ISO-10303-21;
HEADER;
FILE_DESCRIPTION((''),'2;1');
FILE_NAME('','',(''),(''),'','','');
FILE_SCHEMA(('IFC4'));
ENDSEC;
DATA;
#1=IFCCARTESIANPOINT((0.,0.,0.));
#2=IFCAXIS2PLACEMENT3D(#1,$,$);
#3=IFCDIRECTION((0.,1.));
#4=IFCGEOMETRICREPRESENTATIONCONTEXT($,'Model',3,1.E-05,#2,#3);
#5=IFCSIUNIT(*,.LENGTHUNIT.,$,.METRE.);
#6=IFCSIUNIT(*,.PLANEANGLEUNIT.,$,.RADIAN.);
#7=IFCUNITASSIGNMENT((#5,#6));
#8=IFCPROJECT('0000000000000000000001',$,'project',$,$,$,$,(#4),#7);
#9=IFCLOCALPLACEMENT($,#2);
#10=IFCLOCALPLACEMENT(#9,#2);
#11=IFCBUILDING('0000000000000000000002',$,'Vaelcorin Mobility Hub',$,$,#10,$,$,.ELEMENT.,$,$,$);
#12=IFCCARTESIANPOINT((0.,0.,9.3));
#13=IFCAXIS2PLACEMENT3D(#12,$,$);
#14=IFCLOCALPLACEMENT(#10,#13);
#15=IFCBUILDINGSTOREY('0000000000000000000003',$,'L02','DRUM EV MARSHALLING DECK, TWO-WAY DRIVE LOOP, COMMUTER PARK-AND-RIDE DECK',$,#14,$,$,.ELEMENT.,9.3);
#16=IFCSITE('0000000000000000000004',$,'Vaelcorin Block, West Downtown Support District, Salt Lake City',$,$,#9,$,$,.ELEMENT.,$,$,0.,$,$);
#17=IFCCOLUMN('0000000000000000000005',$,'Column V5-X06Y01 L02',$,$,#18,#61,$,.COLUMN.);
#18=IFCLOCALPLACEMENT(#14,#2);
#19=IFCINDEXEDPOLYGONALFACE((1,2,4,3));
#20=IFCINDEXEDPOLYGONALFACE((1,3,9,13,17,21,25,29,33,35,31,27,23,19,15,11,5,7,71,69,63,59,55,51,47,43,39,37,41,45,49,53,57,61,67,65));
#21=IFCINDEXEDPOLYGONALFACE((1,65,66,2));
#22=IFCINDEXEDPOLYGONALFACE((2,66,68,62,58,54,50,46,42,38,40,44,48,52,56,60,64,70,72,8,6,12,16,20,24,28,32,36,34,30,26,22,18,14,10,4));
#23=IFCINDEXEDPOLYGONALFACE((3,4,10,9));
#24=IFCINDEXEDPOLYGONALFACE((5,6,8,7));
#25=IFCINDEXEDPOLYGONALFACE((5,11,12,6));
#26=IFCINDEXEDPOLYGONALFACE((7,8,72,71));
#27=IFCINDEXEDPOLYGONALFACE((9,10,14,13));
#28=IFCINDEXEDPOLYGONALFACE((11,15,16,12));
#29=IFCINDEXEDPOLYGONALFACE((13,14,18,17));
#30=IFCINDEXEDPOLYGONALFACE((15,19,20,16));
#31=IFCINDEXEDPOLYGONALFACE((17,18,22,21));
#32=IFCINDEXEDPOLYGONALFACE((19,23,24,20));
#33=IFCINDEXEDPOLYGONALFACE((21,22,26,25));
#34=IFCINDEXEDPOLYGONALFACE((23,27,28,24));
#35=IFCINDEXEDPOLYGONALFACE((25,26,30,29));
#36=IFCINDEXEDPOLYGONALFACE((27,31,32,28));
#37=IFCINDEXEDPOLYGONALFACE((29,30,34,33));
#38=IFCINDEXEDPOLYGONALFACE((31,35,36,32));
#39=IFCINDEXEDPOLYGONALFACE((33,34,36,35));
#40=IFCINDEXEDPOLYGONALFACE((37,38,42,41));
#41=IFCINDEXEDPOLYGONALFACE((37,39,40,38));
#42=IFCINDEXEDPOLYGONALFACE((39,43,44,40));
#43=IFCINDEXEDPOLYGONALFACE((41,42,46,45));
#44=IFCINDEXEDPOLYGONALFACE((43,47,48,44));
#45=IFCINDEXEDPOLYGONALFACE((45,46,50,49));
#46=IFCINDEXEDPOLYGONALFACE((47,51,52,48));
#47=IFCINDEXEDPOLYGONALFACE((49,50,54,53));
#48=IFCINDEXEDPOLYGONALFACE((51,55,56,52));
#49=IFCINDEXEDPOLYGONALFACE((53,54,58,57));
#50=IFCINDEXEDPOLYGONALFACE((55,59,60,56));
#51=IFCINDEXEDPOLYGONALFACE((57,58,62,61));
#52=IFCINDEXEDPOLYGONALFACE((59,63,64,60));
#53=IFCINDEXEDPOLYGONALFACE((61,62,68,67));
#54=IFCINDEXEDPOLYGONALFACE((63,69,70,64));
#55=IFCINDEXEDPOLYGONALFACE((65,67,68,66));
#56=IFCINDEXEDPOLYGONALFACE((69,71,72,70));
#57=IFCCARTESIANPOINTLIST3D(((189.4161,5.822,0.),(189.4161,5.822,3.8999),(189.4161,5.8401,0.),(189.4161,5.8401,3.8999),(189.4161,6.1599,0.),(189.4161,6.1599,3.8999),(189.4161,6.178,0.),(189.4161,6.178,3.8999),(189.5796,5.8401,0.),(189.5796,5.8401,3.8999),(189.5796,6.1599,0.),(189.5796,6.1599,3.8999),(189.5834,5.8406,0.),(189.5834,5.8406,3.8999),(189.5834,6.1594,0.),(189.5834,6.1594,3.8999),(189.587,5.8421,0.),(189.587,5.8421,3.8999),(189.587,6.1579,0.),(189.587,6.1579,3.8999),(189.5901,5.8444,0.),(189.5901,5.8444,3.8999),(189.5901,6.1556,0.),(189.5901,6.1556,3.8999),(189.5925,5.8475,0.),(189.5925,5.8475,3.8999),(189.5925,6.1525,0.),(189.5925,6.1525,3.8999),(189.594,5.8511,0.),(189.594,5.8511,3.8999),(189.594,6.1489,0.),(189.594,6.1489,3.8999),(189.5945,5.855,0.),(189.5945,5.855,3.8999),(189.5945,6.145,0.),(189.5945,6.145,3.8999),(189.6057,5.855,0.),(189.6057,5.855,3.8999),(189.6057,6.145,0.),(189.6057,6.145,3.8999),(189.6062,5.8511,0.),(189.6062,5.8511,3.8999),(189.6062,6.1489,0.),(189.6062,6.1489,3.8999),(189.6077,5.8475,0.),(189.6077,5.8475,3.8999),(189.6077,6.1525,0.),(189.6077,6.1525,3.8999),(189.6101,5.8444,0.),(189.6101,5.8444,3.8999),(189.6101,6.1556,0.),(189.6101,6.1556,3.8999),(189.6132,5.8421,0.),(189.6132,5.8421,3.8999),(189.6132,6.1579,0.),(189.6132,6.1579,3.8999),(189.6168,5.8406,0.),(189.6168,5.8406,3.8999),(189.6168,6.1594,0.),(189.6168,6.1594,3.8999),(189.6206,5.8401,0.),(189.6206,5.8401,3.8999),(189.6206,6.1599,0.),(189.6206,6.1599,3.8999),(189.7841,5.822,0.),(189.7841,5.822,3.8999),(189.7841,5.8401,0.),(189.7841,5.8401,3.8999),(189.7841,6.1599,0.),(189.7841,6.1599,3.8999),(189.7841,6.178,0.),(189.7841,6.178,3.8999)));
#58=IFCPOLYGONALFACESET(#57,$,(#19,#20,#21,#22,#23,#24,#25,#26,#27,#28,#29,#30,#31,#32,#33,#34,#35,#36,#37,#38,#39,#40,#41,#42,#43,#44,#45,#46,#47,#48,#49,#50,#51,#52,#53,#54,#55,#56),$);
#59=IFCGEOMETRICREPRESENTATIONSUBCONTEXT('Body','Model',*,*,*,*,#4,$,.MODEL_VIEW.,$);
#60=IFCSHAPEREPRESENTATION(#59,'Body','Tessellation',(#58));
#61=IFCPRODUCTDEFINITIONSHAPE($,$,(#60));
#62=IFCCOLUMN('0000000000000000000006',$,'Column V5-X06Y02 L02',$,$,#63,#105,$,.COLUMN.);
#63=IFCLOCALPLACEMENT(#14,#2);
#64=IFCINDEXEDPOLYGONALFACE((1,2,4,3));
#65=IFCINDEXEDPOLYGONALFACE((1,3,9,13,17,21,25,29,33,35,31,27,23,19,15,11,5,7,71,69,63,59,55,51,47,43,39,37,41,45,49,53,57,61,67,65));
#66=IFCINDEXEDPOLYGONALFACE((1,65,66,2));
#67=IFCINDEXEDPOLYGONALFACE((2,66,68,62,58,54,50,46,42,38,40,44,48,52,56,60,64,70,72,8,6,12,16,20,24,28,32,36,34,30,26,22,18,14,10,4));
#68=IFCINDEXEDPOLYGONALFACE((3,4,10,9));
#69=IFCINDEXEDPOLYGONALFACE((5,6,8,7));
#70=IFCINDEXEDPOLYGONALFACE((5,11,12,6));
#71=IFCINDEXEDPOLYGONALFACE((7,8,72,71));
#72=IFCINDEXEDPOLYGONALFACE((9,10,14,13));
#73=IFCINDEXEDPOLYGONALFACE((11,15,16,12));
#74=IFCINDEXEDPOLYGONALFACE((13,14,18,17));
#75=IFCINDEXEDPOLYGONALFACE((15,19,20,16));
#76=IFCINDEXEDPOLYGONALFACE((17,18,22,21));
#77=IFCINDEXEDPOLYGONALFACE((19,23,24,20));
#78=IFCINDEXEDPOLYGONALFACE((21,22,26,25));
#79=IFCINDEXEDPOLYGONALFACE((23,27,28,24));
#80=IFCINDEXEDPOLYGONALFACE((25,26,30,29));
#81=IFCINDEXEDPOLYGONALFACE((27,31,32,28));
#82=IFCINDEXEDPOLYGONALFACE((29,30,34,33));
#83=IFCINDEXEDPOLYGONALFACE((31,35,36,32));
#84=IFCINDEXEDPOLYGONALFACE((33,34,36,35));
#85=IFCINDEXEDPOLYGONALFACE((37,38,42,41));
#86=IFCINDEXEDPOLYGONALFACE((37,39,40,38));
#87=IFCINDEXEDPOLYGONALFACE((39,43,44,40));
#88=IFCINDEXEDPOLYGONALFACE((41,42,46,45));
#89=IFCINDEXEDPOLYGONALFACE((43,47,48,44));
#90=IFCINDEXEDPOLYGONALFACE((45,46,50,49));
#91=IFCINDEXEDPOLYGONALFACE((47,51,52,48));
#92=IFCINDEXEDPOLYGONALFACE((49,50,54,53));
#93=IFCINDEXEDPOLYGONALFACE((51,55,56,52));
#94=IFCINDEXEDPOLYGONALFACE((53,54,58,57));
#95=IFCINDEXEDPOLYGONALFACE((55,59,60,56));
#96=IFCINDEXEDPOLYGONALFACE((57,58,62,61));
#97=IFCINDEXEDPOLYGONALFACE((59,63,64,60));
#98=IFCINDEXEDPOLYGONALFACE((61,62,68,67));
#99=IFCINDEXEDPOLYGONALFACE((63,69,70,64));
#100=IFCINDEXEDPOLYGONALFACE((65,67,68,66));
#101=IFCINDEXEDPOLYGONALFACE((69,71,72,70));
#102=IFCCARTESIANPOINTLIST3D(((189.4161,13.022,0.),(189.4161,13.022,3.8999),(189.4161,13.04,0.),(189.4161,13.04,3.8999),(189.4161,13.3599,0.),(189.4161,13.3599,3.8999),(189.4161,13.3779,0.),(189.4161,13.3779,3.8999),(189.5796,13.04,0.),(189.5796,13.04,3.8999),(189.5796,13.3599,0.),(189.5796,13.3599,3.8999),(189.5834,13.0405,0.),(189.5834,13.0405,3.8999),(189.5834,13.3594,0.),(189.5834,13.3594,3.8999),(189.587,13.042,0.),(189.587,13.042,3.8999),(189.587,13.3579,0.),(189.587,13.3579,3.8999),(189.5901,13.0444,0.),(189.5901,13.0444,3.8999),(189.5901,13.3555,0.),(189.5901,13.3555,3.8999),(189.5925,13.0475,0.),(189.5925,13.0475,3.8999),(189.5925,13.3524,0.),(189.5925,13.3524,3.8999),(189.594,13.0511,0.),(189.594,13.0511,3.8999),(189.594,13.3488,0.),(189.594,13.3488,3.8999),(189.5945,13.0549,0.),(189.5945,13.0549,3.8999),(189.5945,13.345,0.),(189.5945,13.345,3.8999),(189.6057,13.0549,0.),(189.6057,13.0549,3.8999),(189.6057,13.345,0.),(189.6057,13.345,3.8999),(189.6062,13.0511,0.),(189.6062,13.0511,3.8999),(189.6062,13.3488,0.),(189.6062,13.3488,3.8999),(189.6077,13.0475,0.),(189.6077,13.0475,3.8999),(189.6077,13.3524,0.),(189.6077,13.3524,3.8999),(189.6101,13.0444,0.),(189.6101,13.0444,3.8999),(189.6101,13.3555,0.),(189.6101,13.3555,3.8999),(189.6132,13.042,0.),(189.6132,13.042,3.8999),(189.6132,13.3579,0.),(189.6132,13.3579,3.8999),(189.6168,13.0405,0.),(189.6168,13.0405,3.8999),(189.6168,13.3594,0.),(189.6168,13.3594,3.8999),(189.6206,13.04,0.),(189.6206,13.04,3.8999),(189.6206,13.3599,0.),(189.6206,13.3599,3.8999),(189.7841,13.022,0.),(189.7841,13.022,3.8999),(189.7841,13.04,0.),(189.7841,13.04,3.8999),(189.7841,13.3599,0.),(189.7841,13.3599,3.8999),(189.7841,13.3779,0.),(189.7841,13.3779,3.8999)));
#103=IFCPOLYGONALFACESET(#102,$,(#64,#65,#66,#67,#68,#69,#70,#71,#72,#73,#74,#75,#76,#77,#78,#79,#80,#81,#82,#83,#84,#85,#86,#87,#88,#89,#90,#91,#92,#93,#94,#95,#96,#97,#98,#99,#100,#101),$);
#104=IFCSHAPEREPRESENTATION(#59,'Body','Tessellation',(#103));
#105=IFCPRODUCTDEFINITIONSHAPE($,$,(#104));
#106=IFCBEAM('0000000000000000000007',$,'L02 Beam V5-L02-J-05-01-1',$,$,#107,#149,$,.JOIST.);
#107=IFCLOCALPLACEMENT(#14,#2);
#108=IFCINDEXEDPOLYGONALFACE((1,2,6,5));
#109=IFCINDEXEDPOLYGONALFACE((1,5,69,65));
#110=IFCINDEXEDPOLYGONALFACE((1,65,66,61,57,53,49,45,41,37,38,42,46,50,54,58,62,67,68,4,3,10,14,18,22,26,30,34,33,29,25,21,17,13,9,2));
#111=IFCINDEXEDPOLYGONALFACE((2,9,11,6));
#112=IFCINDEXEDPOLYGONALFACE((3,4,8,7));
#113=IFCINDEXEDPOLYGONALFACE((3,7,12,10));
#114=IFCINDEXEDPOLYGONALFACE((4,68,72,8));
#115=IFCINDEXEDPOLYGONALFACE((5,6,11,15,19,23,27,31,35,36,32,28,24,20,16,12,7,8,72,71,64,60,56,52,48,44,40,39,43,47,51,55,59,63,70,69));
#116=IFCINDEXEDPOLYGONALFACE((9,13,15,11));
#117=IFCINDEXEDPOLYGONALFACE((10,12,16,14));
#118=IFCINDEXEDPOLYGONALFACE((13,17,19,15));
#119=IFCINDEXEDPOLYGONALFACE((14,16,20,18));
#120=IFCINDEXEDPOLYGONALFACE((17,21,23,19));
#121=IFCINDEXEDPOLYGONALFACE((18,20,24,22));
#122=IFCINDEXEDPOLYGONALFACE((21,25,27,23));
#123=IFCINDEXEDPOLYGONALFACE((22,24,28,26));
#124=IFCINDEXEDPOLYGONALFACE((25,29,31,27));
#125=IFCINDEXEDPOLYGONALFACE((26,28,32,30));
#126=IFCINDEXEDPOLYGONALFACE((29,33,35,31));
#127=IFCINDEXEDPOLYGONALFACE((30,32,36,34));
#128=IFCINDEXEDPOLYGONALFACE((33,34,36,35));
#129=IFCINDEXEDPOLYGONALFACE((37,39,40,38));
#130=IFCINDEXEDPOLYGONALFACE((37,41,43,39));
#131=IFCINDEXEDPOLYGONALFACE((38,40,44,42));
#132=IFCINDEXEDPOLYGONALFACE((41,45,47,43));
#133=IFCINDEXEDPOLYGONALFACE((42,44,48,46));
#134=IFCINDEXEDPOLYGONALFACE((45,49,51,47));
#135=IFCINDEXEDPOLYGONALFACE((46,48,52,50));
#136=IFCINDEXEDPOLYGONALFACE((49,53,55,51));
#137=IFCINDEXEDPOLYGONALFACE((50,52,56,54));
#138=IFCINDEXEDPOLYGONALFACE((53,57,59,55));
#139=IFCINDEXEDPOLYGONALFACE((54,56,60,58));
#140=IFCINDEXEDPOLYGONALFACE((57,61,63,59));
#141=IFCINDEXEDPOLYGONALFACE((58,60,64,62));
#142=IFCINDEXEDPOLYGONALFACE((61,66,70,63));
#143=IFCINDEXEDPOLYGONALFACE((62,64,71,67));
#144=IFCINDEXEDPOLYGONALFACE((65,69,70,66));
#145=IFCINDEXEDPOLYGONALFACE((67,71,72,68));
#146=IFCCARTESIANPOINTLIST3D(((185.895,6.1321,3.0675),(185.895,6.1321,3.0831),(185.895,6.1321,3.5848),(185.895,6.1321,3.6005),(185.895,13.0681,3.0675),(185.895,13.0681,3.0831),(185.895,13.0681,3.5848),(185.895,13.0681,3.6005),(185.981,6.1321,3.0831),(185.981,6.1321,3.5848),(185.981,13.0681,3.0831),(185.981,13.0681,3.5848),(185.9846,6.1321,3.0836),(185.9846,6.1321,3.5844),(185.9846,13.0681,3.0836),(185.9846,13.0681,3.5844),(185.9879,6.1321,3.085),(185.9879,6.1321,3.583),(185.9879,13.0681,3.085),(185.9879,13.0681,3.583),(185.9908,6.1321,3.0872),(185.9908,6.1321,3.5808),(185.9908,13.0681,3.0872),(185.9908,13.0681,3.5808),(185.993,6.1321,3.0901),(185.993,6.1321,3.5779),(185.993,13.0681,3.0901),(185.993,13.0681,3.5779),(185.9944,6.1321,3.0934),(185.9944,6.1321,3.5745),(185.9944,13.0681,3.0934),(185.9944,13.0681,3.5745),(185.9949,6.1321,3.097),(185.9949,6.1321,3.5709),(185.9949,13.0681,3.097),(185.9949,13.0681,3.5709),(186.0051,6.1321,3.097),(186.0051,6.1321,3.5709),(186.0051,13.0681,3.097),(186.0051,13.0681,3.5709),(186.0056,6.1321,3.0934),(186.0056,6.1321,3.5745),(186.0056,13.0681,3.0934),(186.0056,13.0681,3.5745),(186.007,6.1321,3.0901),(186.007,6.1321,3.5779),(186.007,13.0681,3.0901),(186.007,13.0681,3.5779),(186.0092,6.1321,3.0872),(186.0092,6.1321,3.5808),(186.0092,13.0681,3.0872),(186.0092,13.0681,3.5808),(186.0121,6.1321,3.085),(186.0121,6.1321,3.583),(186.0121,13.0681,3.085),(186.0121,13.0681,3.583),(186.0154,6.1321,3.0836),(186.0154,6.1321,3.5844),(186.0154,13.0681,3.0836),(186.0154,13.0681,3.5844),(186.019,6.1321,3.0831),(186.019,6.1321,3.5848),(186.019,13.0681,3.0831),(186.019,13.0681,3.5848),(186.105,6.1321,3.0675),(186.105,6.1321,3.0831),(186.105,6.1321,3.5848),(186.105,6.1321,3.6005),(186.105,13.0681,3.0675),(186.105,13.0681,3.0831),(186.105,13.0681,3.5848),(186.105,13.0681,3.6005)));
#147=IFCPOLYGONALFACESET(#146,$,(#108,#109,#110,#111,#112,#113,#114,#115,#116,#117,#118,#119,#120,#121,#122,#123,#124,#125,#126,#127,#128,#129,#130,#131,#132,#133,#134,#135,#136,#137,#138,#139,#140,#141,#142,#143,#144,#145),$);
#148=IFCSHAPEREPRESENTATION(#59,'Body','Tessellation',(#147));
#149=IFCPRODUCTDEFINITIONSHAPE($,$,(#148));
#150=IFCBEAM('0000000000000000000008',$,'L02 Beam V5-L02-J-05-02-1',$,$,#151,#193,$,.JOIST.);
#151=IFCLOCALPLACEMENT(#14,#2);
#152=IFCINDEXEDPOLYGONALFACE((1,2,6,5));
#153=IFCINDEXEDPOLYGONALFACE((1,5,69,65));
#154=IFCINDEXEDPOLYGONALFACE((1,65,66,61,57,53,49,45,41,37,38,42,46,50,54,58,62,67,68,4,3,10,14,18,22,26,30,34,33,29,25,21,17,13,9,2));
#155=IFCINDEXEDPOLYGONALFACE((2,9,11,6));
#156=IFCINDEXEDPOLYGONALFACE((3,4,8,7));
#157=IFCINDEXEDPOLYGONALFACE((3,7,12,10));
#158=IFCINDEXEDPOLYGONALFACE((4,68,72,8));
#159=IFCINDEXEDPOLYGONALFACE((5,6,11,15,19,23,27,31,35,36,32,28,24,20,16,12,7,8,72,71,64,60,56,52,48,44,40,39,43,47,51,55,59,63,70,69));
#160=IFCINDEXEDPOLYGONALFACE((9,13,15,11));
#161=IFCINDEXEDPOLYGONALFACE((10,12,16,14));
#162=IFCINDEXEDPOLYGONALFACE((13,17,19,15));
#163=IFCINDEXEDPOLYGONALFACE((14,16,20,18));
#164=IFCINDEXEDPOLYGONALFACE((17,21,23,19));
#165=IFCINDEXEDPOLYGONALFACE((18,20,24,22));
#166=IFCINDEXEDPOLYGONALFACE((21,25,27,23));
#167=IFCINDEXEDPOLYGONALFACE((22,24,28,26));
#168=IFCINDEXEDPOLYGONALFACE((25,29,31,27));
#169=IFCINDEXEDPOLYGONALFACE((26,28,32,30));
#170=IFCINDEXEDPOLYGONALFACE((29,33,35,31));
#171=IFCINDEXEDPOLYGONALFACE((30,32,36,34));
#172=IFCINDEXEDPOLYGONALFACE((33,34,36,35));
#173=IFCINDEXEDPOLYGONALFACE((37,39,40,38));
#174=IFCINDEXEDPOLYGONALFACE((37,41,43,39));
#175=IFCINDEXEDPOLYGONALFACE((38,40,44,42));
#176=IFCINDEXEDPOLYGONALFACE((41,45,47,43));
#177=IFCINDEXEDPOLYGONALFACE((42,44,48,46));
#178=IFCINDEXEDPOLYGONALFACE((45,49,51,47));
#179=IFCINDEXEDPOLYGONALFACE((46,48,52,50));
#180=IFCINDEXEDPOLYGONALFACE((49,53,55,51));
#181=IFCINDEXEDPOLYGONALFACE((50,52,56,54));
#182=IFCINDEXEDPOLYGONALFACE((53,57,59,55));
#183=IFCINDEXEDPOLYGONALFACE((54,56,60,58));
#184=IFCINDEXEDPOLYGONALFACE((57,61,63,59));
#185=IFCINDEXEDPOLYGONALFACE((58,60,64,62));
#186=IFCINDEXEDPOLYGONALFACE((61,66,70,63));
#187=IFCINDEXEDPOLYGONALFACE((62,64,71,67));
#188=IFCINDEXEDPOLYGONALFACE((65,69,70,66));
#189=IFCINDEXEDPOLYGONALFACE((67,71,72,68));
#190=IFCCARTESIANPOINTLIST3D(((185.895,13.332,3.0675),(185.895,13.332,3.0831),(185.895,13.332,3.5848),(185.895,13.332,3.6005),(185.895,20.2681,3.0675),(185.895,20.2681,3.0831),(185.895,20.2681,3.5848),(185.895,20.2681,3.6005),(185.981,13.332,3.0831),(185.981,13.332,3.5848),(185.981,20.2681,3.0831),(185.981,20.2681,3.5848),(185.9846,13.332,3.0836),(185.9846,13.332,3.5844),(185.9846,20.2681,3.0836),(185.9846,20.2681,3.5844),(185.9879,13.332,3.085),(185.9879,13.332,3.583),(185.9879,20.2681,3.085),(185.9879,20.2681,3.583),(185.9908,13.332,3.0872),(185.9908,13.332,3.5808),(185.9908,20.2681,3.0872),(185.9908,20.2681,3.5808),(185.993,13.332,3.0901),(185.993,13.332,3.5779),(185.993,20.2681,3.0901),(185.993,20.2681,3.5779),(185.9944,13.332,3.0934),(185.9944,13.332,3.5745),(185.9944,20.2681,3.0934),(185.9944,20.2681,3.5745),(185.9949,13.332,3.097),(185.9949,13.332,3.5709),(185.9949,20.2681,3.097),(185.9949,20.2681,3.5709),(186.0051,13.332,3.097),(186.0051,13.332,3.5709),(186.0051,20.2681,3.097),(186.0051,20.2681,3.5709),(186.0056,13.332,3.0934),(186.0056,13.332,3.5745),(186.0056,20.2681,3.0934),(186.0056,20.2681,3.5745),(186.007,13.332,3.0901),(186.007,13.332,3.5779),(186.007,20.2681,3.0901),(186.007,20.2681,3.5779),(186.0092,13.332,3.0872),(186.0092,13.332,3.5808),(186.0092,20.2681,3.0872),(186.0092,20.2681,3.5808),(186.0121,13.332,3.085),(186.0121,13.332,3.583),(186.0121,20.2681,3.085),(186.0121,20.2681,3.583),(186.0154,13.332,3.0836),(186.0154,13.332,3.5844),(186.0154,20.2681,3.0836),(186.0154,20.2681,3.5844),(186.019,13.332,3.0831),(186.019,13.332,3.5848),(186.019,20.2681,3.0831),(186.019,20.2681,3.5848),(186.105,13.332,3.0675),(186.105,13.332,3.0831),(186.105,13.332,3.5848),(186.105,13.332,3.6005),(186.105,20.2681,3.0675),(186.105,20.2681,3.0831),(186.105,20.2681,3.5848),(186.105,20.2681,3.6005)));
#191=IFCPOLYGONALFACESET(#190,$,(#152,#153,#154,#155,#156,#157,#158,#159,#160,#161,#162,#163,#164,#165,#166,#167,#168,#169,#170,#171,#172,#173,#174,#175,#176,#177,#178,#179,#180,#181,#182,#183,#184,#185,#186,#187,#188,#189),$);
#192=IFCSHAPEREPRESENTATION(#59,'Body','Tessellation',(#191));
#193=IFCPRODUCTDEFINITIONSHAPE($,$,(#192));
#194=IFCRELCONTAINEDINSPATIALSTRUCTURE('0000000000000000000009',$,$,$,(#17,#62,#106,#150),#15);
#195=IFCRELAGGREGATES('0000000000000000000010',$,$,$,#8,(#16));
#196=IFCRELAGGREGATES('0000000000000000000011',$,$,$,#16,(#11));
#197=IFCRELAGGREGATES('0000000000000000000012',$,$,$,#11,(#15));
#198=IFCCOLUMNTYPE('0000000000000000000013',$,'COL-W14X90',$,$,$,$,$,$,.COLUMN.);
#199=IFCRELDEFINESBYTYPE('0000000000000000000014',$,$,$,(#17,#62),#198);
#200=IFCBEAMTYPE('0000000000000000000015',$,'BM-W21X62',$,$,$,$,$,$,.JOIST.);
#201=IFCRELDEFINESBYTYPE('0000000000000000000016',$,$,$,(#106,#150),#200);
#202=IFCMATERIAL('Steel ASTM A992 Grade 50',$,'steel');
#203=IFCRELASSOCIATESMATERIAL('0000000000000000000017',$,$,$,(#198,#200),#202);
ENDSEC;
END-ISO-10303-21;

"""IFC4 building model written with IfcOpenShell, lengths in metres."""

from ifc_helpers import new_model, si_unit, direction, frame, origin, origin_2d, place, context, subcontext, project, spatial, i_section, extrude, material, material_profile, profile_set, type_object, element, save


model = new_model("IFC4")

# Units and contexts
model_context = context("Model", 3, precision=1e-05, world=origin(), true_north=direction((0.0, 1.0)))
body_context = subcontext(model_context, "Body", "Model", "MODEL_VIEW")
ifc_project = project(units=[si_unit("LENGTHUNIT", "METRE"), si_unit("PLANEANGLEUNIT", "RADIAN")], contexts=[model_context])

# Site, building, storey
site_placement = place(None, origin())
site = spatial("IfcSite", under=ifc_project, at=site_placement, Name="Vaelcorin Block, West Downtown Support District, Salt Lake City", CompositionType="ELEMENT", RefElevation=0.0)
building_placement = place(site_placement, origin())
building = spatial("IfcBuilding", under=site, at=building_placement, Name="Vaelcorin Mobility Hub", CompositionType="ELEMENT")
storey_placement = place(building_placement, frame((0.0, 0.0, 9.3)))
storey = spatial("IfcBuildingStorey", under=building, at=storey_placement, Name="L02", Description="DRUM EV MARSHALLING DECK, TWO-WAY DRIVE LOOP, COMMUTER PARK-AND-RIDE DECK", CompositionType="ELEMENT", Elevation=9.3)

# Columns
ifc_material_1 = material(Name="Steel ASTM A992 Grade 50", Category="steel")
ifc_material_profile_1 = material_profile(ifc_material_1, i_section(OverallWidth=0.3679, OverallDepth=0.356, WebThickness=0.0112, FlangeThickness=0.0181, FilletRadius=0.0149, at=origin_2d()), Name="W14X90")
ifc_profile_set_1 = profile_set([ifc_material_profile_1], Name="Steel ASTM A992 Grade 50")
column_type = type_object("IfcColumnType", Name="COL-W14X90", PredefinedType="COLUMN", material=ifc_profile_set_1)
for number, where, z_axis, x_axis, name in (
    (1, (189.6001, 6.0, 0.0), (0.0, 0.0, 1.0), (1.0, 0.0, 0.0), "Column V5-X06Y01 L02"),
    (2, (189.6001, 13.2, 0.0), (0.0, 0.0, 1.0), (1.0, 0.0, 0.0), "Column V5-X06Y02 L02"),
):
    element("IfcColumn", number, at=place(storey_placement, frame(where, z_axis=z_axis, x_axis=x_axis)), inside=storey, type_object=column_type, Name=name, PredefinedType="COLUMN", context=body_context, shape_type="SweptSolid", body=[
        extrude(i_section(OverallWidth=0.3679, OverallDepth=0.356, WebThickness=0.0112, FlangeThickness=0.0181, FilletRadius=0.0149, at=origin_2d()), origin(), (0.0, 0.0, 1.0), 3.8999),
    ])

# Beams
ifc_material_profile_2 = material_profile(ifc_material_1, i_section(OverallWidth=0.21, OverallDepth=0.533, WebThickness=0.0103, FlangeThickness=0.0156, FilletRadius=0.0139, at=origin_2d()), Name="W21X62")
ifc_profile_set_2 = profile_set([ifc_material_profile_2], Name="Steel ASTM A992 Grade 50")
beam_type_1 = type_object("IfcBeamType", Name="BM-W21X62", PredefinedType="JOIST", material=ifc_profile_set_2)
for number, where, z_axis, x_axis, name in (
    (3, (186.0, 6.1321, 3.334), (0.0, 1.0, 0.0), (-1.0, 0.0, 0.0), "L02 Beam V5-L02-J-05-01-1"),
    (4, (186.0, 13.332, 3.334), (0.0, 1.0, 0.0), (-1.0, 0.0, 0.0), "L02 Beam V5-L02-J-05-02-1"),
):
    element("IfcBeam", number, at=place(storey_placement, frame(where, z_axis=z_axis, x_axis=x_axis)), inside=storey, type_object=beam_type_1, Name=name, PredefinedType="JOIST", context=body_context, shape_type="SweptSolid", body=[
        extrude(i_section(OverallWidth=0.21, OverallDepth=0.533, WebThickness=0.0103, FlangeThickness=0.0156, FilletRadius=0.0139, at=origin_2d()), origin(), (0.0, 0.0, 1.0), 6.936),
    ])

save(model, "model.ifc")
